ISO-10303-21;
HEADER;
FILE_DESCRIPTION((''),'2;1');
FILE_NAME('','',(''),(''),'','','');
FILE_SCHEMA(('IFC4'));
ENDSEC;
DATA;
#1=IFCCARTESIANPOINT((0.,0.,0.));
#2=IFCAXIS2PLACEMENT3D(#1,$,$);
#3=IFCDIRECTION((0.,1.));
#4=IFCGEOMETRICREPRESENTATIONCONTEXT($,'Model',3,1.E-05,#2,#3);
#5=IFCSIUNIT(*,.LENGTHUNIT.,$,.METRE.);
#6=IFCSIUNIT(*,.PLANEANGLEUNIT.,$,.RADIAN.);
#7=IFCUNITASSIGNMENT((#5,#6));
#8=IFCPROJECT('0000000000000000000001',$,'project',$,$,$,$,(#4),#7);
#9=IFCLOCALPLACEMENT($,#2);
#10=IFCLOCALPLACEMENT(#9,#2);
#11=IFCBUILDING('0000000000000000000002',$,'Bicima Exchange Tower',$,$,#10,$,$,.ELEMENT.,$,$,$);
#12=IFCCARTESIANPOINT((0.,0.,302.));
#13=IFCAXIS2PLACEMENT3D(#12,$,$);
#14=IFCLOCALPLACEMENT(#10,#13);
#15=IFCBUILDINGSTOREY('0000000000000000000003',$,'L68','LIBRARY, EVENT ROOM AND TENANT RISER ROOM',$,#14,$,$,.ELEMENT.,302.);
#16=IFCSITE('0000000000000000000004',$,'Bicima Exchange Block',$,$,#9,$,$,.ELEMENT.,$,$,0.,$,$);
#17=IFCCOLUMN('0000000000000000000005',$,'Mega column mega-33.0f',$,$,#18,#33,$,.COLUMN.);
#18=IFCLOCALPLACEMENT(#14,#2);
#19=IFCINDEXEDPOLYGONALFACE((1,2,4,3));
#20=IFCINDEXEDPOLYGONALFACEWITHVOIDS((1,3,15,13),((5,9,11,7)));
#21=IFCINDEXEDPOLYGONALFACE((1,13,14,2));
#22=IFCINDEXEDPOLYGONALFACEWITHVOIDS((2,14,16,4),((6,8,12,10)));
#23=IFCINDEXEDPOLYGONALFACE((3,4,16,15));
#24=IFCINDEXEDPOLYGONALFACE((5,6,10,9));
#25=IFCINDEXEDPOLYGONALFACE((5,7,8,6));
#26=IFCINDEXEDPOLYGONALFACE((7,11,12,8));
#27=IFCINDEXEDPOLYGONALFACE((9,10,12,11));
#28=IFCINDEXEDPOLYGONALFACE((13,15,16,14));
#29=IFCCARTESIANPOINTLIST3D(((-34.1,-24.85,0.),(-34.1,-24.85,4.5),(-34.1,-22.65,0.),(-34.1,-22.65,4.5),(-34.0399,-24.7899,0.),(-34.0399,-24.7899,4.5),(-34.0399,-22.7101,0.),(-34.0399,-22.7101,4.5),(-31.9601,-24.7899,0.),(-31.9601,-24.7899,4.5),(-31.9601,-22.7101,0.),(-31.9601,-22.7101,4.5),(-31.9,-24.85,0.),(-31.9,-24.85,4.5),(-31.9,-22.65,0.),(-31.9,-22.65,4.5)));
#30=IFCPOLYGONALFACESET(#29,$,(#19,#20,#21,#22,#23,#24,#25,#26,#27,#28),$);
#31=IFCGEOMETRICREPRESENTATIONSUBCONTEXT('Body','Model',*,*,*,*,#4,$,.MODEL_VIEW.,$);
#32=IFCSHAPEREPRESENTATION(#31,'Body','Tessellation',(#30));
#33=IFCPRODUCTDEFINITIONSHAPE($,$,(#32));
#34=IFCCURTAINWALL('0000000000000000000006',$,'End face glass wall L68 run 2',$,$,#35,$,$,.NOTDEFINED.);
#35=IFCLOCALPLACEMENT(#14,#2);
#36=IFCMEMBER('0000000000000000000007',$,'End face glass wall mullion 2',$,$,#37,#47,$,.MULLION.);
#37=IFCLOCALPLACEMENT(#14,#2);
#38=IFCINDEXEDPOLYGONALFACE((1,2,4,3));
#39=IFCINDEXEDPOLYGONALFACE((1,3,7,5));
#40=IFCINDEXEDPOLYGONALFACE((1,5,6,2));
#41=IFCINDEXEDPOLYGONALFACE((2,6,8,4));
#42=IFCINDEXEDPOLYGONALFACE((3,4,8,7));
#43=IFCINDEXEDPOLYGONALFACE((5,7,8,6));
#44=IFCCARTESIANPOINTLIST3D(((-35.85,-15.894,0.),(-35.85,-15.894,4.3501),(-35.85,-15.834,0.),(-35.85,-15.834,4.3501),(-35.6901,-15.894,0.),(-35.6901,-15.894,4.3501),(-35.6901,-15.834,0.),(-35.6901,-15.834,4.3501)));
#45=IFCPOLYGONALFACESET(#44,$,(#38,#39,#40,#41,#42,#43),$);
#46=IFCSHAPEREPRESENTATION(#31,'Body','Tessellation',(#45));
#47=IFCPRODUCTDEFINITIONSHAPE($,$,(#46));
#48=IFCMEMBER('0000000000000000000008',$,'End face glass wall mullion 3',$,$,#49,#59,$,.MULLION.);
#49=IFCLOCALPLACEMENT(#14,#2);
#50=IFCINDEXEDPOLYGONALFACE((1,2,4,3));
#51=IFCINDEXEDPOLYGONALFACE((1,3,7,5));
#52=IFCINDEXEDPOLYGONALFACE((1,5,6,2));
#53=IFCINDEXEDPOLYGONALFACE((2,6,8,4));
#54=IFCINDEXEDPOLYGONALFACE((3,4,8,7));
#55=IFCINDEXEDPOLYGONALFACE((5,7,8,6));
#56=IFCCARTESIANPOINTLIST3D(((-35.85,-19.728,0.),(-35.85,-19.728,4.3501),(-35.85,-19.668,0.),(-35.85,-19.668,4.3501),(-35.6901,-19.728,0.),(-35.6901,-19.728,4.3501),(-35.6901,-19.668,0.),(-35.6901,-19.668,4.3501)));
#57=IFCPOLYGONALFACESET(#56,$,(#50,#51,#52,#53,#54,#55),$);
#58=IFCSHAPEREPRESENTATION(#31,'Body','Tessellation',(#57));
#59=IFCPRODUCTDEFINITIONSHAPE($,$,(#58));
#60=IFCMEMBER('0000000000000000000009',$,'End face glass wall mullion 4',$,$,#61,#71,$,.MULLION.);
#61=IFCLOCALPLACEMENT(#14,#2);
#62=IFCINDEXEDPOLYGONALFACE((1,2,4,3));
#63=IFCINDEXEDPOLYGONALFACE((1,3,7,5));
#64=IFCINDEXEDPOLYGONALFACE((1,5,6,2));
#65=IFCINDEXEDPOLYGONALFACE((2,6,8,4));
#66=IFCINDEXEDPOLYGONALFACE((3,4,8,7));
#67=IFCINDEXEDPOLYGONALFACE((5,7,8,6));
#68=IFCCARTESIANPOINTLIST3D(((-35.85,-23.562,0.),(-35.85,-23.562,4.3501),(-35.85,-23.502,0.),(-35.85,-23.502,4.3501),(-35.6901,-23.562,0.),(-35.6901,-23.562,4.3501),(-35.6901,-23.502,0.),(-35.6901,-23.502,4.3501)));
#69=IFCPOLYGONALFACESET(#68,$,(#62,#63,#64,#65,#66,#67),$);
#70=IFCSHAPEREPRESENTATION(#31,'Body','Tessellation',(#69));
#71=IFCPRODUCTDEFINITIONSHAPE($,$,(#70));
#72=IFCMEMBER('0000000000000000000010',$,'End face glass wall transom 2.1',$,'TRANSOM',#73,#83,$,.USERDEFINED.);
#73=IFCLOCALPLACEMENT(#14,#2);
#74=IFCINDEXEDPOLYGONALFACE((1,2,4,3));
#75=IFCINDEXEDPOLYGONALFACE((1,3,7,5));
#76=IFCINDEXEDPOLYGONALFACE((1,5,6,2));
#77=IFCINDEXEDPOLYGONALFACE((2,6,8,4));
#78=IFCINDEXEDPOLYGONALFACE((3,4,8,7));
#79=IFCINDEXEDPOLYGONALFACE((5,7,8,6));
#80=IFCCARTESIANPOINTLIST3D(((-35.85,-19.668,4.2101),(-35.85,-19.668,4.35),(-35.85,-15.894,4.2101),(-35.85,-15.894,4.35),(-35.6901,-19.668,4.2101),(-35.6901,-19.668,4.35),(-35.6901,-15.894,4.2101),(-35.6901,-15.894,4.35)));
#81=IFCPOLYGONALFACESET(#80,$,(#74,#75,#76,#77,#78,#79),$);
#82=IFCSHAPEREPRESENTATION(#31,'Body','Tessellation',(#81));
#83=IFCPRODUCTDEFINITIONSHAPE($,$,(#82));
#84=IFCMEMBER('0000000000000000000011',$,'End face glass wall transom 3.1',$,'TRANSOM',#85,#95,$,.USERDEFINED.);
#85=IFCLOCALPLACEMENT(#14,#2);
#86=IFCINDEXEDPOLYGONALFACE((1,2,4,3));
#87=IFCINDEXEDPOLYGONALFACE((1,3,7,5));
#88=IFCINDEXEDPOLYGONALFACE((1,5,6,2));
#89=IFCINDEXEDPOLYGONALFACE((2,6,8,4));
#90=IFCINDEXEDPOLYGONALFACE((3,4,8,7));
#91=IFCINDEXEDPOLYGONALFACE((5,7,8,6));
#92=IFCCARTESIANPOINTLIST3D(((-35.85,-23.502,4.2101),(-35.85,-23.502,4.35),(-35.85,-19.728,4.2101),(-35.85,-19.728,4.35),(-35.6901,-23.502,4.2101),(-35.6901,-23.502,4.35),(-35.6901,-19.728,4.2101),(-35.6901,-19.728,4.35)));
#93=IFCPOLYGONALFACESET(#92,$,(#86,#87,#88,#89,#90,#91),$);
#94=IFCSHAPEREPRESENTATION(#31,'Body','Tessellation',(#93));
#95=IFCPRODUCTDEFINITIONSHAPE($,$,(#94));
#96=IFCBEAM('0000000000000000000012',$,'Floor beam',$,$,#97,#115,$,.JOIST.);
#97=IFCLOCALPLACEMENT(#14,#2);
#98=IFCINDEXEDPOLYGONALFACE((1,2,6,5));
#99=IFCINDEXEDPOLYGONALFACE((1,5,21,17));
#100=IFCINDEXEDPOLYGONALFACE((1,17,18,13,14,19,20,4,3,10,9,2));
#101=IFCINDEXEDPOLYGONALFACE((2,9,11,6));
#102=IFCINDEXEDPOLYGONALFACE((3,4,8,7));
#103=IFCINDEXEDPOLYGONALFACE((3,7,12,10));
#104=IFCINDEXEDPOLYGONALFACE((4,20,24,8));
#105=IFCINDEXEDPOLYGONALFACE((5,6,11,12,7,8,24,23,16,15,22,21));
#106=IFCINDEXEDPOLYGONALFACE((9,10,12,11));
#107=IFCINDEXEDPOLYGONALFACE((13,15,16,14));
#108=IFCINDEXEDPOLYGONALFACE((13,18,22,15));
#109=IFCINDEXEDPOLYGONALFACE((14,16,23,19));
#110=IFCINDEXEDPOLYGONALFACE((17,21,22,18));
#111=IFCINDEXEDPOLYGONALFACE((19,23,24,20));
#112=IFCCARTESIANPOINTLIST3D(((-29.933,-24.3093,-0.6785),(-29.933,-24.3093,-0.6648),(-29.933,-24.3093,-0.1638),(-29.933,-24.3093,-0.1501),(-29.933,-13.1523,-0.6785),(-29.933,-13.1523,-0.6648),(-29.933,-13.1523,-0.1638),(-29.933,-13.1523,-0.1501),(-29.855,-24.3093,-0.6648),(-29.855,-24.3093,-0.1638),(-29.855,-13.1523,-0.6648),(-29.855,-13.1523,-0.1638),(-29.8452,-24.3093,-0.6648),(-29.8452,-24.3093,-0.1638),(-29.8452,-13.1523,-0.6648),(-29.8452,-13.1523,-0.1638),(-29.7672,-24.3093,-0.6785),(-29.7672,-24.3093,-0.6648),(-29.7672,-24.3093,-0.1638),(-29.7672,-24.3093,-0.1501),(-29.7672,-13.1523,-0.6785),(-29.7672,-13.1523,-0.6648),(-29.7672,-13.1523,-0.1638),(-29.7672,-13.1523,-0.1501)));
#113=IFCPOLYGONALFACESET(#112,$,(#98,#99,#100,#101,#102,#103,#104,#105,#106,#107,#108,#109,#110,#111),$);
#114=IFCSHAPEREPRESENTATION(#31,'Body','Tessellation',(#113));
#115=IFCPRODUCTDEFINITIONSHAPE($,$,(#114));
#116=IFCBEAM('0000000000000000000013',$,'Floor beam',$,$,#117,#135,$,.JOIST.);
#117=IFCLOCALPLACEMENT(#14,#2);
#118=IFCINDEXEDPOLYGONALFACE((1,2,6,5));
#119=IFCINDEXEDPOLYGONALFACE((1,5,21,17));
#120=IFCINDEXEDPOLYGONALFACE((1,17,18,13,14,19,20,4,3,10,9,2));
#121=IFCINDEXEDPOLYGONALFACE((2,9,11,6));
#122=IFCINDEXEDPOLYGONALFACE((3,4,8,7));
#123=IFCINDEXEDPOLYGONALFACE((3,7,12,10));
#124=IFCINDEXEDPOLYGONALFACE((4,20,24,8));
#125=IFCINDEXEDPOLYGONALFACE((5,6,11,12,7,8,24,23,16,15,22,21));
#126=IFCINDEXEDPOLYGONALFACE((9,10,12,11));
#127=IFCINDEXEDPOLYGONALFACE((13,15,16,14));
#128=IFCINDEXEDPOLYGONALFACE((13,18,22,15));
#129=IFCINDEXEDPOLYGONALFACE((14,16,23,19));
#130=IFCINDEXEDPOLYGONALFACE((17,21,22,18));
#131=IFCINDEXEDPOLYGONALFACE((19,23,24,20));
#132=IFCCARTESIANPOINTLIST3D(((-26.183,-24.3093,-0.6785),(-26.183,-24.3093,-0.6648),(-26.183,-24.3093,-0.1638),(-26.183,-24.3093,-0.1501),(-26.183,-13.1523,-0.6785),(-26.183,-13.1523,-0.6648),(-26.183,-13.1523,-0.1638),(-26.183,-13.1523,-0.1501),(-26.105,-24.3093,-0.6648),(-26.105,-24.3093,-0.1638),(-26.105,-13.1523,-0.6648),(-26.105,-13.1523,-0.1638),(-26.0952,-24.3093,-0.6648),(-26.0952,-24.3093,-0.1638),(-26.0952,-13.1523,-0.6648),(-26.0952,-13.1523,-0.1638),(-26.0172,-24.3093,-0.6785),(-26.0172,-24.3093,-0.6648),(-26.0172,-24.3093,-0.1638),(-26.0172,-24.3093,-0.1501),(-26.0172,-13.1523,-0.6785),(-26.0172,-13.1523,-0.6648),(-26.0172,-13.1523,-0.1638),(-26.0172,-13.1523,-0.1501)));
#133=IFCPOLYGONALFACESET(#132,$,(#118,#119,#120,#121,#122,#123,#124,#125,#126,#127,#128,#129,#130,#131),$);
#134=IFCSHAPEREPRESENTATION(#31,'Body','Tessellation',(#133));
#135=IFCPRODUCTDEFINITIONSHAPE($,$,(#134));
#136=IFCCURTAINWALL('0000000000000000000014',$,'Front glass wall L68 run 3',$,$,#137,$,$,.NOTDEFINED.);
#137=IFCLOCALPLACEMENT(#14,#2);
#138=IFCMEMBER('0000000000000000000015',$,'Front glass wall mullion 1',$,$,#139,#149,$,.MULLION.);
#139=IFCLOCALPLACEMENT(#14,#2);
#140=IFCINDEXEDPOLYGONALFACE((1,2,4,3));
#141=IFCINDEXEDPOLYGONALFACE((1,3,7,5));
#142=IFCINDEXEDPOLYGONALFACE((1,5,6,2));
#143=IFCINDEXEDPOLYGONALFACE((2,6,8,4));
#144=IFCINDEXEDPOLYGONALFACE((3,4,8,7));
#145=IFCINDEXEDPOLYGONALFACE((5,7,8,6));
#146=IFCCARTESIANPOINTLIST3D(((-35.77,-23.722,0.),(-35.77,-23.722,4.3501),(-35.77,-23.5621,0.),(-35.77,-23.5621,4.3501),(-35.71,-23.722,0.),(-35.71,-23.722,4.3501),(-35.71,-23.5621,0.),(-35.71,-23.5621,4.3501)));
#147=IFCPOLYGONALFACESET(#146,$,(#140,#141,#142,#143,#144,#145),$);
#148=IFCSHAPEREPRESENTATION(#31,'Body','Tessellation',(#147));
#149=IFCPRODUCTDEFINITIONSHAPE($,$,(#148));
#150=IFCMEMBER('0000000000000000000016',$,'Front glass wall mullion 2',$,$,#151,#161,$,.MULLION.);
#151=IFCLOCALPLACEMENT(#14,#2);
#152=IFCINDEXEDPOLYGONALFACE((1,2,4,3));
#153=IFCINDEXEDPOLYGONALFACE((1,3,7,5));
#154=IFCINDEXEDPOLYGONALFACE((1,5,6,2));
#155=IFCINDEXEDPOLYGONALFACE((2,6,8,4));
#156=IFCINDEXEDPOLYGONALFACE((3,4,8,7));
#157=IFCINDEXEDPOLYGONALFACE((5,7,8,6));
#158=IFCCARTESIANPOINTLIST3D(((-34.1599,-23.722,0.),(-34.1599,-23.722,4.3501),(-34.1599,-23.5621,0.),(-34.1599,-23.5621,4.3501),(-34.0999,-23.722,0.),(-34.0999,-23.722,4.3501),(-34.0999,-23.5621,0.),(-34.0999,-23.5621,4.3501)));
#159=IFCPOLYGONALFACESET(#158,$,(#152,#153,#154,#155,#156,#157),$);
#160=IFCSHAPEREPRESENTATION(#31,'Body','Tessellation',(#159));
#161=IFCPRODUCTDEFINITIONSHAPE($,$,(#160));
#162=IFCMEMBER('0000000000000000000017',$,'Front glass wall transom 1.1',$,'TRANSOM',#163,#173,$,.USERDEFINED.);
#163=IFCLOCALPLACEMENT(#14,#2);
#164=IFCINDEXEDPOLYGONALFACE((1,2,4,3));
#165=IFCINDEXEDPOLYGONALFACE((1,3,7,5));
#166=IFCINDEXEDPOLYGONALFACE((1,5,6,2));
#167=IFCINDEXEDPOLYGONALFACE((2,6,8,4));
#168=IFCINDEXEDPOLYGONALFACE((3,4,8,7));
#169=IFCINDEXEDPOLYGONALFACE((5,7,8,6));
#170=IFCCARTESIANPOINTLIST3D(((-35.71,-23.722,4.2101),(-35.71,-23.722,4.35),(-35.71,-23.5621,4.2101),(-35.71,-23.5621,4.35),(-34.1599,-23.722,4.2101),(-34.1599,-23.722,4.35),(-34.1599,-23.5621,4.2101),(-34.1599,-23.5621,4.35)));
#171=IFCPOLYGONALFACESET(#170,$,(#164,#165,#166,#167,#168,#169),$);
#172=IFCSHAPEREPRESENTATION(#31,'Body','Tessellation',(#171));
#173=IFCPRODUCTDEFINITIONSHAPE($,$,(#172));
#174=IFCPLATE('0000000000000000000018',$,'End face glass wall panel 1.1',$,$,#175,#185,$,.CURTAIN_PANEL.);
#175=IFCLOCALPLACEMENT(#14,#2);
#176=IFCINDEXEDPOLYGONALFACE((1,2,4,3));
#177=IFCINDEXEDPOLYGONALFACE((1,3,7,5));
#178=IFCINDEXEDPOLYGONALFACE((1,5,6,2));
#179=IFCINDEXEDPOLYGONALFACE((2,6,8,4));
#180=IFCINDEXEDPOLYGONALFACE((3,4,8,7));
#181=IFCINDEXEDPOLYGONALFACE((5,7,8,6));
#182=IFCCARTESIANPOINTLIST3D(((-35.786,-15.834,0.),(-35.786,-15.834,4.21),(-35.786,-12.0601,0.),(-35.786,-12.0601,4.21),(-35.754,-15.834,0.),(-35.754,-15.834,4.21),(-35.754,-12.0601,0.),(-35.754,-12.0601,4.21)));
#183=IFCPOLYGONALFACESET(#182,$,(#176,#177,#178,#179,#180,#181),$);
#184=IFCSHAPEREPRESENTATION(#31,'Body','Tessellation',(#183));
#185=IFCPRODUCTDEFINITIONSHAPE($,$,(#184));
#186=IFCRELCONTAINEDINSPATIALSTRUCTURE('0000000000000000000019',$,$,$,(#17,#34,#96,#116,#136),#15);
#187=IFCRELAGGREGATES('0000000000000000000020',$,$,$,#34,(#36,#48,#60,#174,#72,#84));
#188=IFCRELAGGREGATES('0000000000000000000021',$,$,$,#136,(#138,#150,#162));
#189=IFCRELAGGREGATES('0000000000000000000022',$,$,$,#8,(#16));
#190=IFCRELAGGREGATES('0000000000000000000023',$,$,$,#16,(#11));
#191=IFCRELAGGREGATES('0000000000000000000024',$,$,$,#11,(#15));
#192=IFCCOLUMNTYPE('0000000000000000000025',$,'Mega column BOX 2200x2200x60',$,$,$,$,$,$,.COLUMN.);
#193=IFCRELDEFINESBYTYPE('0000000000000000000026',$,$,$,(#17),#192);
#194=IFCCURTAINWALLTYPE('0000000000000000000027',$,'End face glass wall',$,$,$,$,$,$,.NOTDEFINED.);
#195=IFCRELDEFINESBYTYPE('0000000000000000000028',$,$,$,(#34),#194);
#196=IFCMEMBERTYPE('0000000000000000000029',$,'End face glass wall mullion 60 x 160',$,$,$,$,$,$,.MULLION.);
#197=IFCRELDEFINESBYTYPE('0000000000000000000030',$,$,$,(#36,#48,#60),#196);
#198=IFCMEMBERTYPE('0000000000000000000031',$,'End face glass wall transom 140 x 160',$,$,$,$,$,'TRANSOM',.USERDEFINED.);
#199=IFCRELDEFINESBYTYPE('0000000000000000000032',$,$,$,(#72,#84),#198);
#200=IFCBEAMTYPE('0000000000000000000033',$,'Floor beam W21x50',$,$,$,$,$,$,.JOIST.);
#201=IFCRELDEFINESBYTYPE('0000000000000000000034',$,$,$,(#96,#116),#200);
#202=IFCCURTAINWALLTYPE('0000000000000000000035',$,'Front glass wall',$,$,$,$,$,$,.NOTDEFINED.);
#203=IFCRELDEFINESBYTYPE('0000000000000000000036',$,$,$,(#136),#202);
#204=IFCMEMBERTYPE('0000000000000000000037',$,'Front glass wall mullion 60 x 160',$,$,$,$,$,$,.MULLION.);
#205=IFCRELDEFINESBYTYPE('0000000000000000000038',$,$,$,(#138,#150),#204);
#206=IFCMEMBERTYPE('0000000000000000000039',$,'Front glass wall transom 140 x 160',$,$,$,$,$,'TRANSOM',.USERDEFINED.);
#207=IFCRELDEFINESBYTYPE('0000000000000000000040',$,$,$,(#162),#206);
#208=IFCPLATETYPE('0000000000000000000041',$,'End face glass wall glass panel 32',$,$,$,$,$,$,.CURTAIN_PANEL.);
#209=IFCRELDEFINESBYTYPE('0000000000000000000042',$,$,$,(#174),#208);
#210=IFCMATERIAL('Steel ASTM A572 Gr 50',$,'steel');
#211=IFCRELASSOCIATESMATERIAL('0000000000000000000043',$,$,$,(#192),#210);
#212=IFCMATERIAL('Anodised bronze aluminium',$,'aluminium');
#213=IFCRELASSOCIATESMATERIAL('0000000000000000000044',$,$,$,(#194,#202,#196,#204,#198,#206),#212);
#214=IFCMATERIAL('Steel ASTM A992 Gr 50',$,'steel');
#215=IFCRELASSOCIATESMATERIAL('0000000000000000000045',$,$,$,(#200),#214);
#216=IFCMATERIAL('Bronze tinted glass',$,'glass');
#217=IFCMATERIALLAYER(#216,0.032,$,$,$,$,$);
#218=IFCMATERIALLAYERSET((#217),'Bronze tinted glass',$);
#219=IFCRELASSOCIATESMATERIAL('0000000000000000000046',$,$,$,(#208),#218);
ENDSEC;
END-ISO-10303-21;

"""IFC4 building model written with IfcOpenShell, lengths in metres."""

from ifc_helpers import new_model, si_unit, direction, frame, origin, origin_2d, place, context, subcontext, project, spatial, rectangle, hollow_rectangle, i_section, extrude, material, layer, layer_set, material_profile, profile_set, type_object, element, aggregate, save


model = new_model("IFC4")

# Units and contexts
model_context = context("Model", 3, precision=1e-05, world=origin(), true_north=direction((0.0, 1.0)))
body_context = subcontext(model_context, "Body", "Model", "MODEL_VIEW")
ifc_project = project(units=[si_unit("LENGTHUNIT", "METRE"), si_unit("PLANEANGLEUNIT", "RADIAN")], contexts=[model_context])

# Site, building, storey
site_placement = place(None, origin())
site = spatial("IfcSite", under=ifc_project, at=site_placement, Name="Bicima Exchange Block", CompositionType="ELEMENT", RefElevation=0.0)
building_placement = place(site_placement, origin())
building = spatial("IfcBuilding", under=site, at=building_placement, Name="Bicima Exchange Tower", CompositionType="ELEMENT")
storey_placement = place(building_placement, frame((0.0, 0.0, 302.0)))
storey = spatial("IfcBuildingStorey", under=building, at=storey_placement, Name="L68", Description="LIBRARY, EVENT ROOM AND TENANT RISER ROOM", CompositionType="ELEMENT", Elevation=302.0)

# Column
ifc_material_1 = material(Name="Steel ASTM A572 Gr 50", Category="steel")
ifc_material_profile_1 = material_profile(ifc_material_1, hollow_rectangle(XDim=2.2, YDim=2.2, WallThickness=0.0601, at=origin_2d()))
ifc_profile_set_1 = profile_set([ifc_material_profile_1], Name="Steel ASTM A572 Gr 50")
column_type = type_object("IfcColumnType", Name="Mega column BOX 2200x2200x60", PredefinedType="COLUMN", material=ifc_profile_set_1)
column_placement = place(storey_placement, frame((-33.0, -23.75, 0.0), z_axis=(0.0, 0.0, 1.0), x_axis=(1.0, 0.0, 0.0)))
element("IfcColumn", 1, at=column_placement, inside=storey, type_object=column_type, Name="Mega column mega-33.0f", PredefinedType="COLUMN", context=body_context, shape_type="SweptSolid", body=[
    extrude(hollow_rectangle(XDim=2.2, YDim=2.2, WallThickness=0.0601, at=origin_2d()), origin(), (0.0, 0.0, 1.0), 4.5),
])

# Curtain wall, members
ifc_material_2 = material(Name="Anodised bronze aluminium", Category="aluminium")
curtain_wall_type_1 = type_object("IfcCurtainWallType", Name="End face glass wall", PredefinedType="NOTDEFINED", material=ifc_material_2)
curtain_wall_1_placement = place(storey_placement, origin())
curtain_wall_1 = element("IfcCurtainWall", 2, at=curtain_wall_1_placement, inside=storey, type_object=curtain_wall_type_1, Name="End face glass wall L68 run 2", PredefinedType="NOTDEFINED")
ifc_material_profile_2 = material_profile(ifc_material_2, rectangle(XDim=0.1599, YDim=0.0601, at=origin_2d()))
ifc_profile_set_2 = profile_set([ifc_material_profile_2], Name="Anodised bronze aluminium")
member_type_1 = type_object("IfcMemberType", Name="End face glass wall mullion 60 x 160", PredefinedType="MULLION", material=ifc_profile_set_2)
member_1_placement = place(storey_placement, frame((-35.77, -15.864, 0.0), z_axis=(0.0, 0.0, 1.0), x_axis=(1.0, 0.0, 0.0)))
member_1 = element("IfcMember", 3, at=member_1_placement, type_object=member_type_1, Name="End face glass wall mullion 2", PredefinedType="MULLION", context=body_context, shape_type="SweptSolid", body=[
    extrude(rectangle(XDim=0.1599, YDim=0.0601, at=origin_2d()), origin(), (0.0, 0.0, 1.0), 4.3501),
])
member_2_placement = place(storey_placement, frame((-35.77, -19.698, 0.0), z_axis=(0.0, 0.0, 1.0), x_axis=(1.0, 0.0, 0.0)))
member_2 = element("IfcMember", 4, at=member_2_placement, type_object=member_type_1, Name="End face glass wall mullion 3", PredefinedType="MULLION", context=body_context, shape_type="SweptSolid", body=[
    extrude(rectangle(XDim=0.1599, YDim=0.0601, at=origin_2d()), origin(), (0.0, 0.0, 1.0), 4.3501),
])
member_3_placement = place(storey_placement, frame((-35.77, -23.532, 0.0), z_axis=(0.0, 0.0, 1.0), x_axis=(1.0, 0.0, 0.0)))
member_3 = element("IfcMember", 5, at=member_3_placement, type_object=member_type_1, Name="End face glass wall mullion 4", PredefinedType="MULLION", context=body_context, shape_type="SweptSolid", body=[
    extrude(rectangle(XDim=0.1599, YDim=0.0601, at=origin_2d()), origin(), (0.0, 0.0, 1.0), 4.3501),
])
ifc_material_profile_3 = material_profile(ifc_material_2, rectangle(XDim=0.1599, YDim=0.1399, at=origin_2d()))
ifc_profile_set_3 = profile_set([ifc_material_profile_3], Name="Anodised bronze aluminium")
member_type_2 = type_object("IfcMemberType", Name="End face glass wall transom 140 x 160", ElementType="TRANSOM", PredefinedType="USERDEFINED", material=ifc_profile_set_3)
member_4_placement = place(storey_placement, frame((-35.77, -15.894, 4.28), z_axis=(0.0, -1.0, 0.0), x_axis=(1.0, 0.0, 0.0)))
member_4 = element("IfcMember", 6, at=member_4_placement, type_object=member_type_2, Name="End face glass wall transom 2.1", ObjectType="TRANSOM", PredefinedType="USERDEFINED", context=body_context, shape_type="SweptSolid", body=[
    extrude(rectangle(XDim=0.1599, YDim=0.1399, at=origin_2d()), origin(), (0.0, 0.0, 1.0), 3.7739),
])
member_5_placement = place(storey_placement, frame((-35.77, -19.728, 4.28), z_axis=(0.0, -1.0, 0.0), x_axis=(1.0, 0.0, 0.0)))
member_5 = element("IfcMember", 7, at=member_5_placement, type_object=member_type_2, Name="End face glass wall transom 3.1", ObjectType="TRANSOM", PredefinedType="USERDEFINED", context=body_context, shape_type="SweptSolid", body=[
    extrude(rectangle(XDim=0.1599, YDim=0.1399, at=origin_2d()), origin(), (0.0, 0.0, 1.0), 3.7739),
])

# Beams
ifc_material_3 = material(Name="Steel ASTM A992 Gr 50", Category="steel")
ifc_material_profile_4 = material_profile(ifc_material_3, i_section(OverallWidth=0.1658, OverallDepth=0.5283, WebThickness=0.0098, FlangeThickness=0.0137, at=origin_2d()))
ifc_profile_set_4 = profile_set([ifc_material_profile_4], Name="Steel ASTM A992 Gr 50")
beam_type = type_object("IfcBeamType", Name="Floor beam W21x50", PredefinedType="JOIST", material=ifc_profile_set_4)
for number, where, z_axis, x_axis, name in (
    (8, (-29.8501, -13.1523, -0.4143), (0.0, -1.0, 0.0), (1.0, 0.0, 0.0), "Floor beam"),
    (9, (-26.1001, -13.1523, -0.4143), (0.0, -1.0, 0.0), (1.0, 0.0, 0.0), "Floor beam"),
):
    element("IfcBeam", number, at=place(storey_placement, frame(where, z_axis=z_axis, x_axis=x_axis)), inside=storey, type_object=beam_type, Name=name, PredefinedType="JOIST", context=body_context, shape_type="SweptSolid", body=[
        extrude(i_section(OverallWidth=0.1658, OverallDepth=0.5283, WebThickness=0.0098, FlangeThickness=0.0137, at=origin_2d()), origin(), (0.0, 0.0, 1.0), 11.157),
    ])

# Curtain wall, members
curtain_wall_type_2 = type_object("IfcCurtainWallType", Name="Front glass wall", PredefinedType="NOTDEFINED", material=ifc_material_2)
curtain_wall_2_placement = place(storey_placement, origin())
curtain_wall_2 = element("IfcCurtainWall", 10, at=curtain_wall_2_placement, inside=storey, type_object=curtain_wall_type_2, Name="Front glass wall L68 run 3", PredefinedType="NOTDEFINED")
member_type_3 = type_object("IfcMemberType", Name="Front glass wall mullion 60 x 160", PredefinedType="MULLION", material=ifc_profile_set_2)
member_6_placement = place(storey_placement, frame((-35.74, -23.6421, 0.0), z_axis=(0.0, 0.0, 1.0), x_axis=(0.0, 1.0, 0.0)))
member_6 = element("IfcMember", 11, at=member_6_placement, type_object=member_type_3, Name="Front glass wall mullion 1", PredefinedType="MULLION", context=body_context, shape_type="SweptSolid", body=[
    extrude(rectangle(XDim=0.1599, YDim=0.0601, at=origin_2d()), origin(), (0.0, 0.0, 1.0), 4.3501),
])
member_7_placement = place(storey_placement, frame((-34.1299, -23.6421, 0.0), z_axis=(0.0, 0.0, 1.0), x_axis=(0.0, 1.0, 0.0)))
member_7 = element("IfcMember", 12, at=member_7_placement, type_object=member_type_3, Name="Front glass wall mullion 2", PredefinedType="MULLION", context=body_context, shape_type="SweptSolid", body=[
    extrude(rectangle(XDim=0.1599, YDim=0.0601, at=origin_2d()), origin(), (0.0, 0.0, 1.0), 4.3501),
])
member_type_4 = type_object("IfcMemberType", Name="Front glass wall transom 140 x 160", ElementType="TRANSOM", PredefinedType="USERDEFINED", material=ifc_profile_set_3)
member_8_placement = place(storey_placement, frame((-35.71, -23.6421, 4.28), z_axis=(1.0, 0.0, 0.0), x_axis=(0.0, 1.0, 0.0)))
member_8 = element("IfcMember", 13, at=member_8_placement, type_object=member_type_4, Name="Front glass wall transom 1.1", ObjectType="TRANSOM", PredefinedType="USERDEFINED", context=body_context, shape_type="SweptSolid", body=[
    extrude(rectangle(XDim=0.1599, YDim=0.1399, at=origin_2d()), origin(), (0.0, 0.0, 1.0), 1.55),
])

# Plate
ifc_material_4 = material(Name="Bronze tinted glass", Category="glass")
ifc_layer_1 = layer(ifc_material_4, 0.032)
ifc_layer_set_1 = layer_set([ifc_layer_1], Name="Bronze tinted glass")
plate_type_1 = type_object("IfcPlateType", Name="End face glass wall glass panel 32", PredefinedType="CURTAIN_PANEL", material=ifc_layer_set_1)
plate_1_placement = place(storey_placement, frame((-35.77, -13.947, 0.0), z_axis=(0.0, 0.0, 1.0), x_axis=(0.0, -1.0, 0.0)))
plate_1 = element("IfcPlate", 14, at=plate_1_placement, type_object=plate_type_1, Name="End face glass wall panel 1.1", PredefinedType="CURTAIN_PANEL", context=body_context, shape_type="SweptSolid", body=[
    extrude(rectangle(XDim=3.7739, YDim=0.032, at=origin_2d()), origin(), (0.0, 0.0, 1.0), 4.21),
])
aggregate(curtain_wall_1, [member_1, member_2, member_3, plate_1, member_4, member_5])
aggregate(curtain_wall_2, [member_6, member_7, member_8])

save(model, "model.ifc")
